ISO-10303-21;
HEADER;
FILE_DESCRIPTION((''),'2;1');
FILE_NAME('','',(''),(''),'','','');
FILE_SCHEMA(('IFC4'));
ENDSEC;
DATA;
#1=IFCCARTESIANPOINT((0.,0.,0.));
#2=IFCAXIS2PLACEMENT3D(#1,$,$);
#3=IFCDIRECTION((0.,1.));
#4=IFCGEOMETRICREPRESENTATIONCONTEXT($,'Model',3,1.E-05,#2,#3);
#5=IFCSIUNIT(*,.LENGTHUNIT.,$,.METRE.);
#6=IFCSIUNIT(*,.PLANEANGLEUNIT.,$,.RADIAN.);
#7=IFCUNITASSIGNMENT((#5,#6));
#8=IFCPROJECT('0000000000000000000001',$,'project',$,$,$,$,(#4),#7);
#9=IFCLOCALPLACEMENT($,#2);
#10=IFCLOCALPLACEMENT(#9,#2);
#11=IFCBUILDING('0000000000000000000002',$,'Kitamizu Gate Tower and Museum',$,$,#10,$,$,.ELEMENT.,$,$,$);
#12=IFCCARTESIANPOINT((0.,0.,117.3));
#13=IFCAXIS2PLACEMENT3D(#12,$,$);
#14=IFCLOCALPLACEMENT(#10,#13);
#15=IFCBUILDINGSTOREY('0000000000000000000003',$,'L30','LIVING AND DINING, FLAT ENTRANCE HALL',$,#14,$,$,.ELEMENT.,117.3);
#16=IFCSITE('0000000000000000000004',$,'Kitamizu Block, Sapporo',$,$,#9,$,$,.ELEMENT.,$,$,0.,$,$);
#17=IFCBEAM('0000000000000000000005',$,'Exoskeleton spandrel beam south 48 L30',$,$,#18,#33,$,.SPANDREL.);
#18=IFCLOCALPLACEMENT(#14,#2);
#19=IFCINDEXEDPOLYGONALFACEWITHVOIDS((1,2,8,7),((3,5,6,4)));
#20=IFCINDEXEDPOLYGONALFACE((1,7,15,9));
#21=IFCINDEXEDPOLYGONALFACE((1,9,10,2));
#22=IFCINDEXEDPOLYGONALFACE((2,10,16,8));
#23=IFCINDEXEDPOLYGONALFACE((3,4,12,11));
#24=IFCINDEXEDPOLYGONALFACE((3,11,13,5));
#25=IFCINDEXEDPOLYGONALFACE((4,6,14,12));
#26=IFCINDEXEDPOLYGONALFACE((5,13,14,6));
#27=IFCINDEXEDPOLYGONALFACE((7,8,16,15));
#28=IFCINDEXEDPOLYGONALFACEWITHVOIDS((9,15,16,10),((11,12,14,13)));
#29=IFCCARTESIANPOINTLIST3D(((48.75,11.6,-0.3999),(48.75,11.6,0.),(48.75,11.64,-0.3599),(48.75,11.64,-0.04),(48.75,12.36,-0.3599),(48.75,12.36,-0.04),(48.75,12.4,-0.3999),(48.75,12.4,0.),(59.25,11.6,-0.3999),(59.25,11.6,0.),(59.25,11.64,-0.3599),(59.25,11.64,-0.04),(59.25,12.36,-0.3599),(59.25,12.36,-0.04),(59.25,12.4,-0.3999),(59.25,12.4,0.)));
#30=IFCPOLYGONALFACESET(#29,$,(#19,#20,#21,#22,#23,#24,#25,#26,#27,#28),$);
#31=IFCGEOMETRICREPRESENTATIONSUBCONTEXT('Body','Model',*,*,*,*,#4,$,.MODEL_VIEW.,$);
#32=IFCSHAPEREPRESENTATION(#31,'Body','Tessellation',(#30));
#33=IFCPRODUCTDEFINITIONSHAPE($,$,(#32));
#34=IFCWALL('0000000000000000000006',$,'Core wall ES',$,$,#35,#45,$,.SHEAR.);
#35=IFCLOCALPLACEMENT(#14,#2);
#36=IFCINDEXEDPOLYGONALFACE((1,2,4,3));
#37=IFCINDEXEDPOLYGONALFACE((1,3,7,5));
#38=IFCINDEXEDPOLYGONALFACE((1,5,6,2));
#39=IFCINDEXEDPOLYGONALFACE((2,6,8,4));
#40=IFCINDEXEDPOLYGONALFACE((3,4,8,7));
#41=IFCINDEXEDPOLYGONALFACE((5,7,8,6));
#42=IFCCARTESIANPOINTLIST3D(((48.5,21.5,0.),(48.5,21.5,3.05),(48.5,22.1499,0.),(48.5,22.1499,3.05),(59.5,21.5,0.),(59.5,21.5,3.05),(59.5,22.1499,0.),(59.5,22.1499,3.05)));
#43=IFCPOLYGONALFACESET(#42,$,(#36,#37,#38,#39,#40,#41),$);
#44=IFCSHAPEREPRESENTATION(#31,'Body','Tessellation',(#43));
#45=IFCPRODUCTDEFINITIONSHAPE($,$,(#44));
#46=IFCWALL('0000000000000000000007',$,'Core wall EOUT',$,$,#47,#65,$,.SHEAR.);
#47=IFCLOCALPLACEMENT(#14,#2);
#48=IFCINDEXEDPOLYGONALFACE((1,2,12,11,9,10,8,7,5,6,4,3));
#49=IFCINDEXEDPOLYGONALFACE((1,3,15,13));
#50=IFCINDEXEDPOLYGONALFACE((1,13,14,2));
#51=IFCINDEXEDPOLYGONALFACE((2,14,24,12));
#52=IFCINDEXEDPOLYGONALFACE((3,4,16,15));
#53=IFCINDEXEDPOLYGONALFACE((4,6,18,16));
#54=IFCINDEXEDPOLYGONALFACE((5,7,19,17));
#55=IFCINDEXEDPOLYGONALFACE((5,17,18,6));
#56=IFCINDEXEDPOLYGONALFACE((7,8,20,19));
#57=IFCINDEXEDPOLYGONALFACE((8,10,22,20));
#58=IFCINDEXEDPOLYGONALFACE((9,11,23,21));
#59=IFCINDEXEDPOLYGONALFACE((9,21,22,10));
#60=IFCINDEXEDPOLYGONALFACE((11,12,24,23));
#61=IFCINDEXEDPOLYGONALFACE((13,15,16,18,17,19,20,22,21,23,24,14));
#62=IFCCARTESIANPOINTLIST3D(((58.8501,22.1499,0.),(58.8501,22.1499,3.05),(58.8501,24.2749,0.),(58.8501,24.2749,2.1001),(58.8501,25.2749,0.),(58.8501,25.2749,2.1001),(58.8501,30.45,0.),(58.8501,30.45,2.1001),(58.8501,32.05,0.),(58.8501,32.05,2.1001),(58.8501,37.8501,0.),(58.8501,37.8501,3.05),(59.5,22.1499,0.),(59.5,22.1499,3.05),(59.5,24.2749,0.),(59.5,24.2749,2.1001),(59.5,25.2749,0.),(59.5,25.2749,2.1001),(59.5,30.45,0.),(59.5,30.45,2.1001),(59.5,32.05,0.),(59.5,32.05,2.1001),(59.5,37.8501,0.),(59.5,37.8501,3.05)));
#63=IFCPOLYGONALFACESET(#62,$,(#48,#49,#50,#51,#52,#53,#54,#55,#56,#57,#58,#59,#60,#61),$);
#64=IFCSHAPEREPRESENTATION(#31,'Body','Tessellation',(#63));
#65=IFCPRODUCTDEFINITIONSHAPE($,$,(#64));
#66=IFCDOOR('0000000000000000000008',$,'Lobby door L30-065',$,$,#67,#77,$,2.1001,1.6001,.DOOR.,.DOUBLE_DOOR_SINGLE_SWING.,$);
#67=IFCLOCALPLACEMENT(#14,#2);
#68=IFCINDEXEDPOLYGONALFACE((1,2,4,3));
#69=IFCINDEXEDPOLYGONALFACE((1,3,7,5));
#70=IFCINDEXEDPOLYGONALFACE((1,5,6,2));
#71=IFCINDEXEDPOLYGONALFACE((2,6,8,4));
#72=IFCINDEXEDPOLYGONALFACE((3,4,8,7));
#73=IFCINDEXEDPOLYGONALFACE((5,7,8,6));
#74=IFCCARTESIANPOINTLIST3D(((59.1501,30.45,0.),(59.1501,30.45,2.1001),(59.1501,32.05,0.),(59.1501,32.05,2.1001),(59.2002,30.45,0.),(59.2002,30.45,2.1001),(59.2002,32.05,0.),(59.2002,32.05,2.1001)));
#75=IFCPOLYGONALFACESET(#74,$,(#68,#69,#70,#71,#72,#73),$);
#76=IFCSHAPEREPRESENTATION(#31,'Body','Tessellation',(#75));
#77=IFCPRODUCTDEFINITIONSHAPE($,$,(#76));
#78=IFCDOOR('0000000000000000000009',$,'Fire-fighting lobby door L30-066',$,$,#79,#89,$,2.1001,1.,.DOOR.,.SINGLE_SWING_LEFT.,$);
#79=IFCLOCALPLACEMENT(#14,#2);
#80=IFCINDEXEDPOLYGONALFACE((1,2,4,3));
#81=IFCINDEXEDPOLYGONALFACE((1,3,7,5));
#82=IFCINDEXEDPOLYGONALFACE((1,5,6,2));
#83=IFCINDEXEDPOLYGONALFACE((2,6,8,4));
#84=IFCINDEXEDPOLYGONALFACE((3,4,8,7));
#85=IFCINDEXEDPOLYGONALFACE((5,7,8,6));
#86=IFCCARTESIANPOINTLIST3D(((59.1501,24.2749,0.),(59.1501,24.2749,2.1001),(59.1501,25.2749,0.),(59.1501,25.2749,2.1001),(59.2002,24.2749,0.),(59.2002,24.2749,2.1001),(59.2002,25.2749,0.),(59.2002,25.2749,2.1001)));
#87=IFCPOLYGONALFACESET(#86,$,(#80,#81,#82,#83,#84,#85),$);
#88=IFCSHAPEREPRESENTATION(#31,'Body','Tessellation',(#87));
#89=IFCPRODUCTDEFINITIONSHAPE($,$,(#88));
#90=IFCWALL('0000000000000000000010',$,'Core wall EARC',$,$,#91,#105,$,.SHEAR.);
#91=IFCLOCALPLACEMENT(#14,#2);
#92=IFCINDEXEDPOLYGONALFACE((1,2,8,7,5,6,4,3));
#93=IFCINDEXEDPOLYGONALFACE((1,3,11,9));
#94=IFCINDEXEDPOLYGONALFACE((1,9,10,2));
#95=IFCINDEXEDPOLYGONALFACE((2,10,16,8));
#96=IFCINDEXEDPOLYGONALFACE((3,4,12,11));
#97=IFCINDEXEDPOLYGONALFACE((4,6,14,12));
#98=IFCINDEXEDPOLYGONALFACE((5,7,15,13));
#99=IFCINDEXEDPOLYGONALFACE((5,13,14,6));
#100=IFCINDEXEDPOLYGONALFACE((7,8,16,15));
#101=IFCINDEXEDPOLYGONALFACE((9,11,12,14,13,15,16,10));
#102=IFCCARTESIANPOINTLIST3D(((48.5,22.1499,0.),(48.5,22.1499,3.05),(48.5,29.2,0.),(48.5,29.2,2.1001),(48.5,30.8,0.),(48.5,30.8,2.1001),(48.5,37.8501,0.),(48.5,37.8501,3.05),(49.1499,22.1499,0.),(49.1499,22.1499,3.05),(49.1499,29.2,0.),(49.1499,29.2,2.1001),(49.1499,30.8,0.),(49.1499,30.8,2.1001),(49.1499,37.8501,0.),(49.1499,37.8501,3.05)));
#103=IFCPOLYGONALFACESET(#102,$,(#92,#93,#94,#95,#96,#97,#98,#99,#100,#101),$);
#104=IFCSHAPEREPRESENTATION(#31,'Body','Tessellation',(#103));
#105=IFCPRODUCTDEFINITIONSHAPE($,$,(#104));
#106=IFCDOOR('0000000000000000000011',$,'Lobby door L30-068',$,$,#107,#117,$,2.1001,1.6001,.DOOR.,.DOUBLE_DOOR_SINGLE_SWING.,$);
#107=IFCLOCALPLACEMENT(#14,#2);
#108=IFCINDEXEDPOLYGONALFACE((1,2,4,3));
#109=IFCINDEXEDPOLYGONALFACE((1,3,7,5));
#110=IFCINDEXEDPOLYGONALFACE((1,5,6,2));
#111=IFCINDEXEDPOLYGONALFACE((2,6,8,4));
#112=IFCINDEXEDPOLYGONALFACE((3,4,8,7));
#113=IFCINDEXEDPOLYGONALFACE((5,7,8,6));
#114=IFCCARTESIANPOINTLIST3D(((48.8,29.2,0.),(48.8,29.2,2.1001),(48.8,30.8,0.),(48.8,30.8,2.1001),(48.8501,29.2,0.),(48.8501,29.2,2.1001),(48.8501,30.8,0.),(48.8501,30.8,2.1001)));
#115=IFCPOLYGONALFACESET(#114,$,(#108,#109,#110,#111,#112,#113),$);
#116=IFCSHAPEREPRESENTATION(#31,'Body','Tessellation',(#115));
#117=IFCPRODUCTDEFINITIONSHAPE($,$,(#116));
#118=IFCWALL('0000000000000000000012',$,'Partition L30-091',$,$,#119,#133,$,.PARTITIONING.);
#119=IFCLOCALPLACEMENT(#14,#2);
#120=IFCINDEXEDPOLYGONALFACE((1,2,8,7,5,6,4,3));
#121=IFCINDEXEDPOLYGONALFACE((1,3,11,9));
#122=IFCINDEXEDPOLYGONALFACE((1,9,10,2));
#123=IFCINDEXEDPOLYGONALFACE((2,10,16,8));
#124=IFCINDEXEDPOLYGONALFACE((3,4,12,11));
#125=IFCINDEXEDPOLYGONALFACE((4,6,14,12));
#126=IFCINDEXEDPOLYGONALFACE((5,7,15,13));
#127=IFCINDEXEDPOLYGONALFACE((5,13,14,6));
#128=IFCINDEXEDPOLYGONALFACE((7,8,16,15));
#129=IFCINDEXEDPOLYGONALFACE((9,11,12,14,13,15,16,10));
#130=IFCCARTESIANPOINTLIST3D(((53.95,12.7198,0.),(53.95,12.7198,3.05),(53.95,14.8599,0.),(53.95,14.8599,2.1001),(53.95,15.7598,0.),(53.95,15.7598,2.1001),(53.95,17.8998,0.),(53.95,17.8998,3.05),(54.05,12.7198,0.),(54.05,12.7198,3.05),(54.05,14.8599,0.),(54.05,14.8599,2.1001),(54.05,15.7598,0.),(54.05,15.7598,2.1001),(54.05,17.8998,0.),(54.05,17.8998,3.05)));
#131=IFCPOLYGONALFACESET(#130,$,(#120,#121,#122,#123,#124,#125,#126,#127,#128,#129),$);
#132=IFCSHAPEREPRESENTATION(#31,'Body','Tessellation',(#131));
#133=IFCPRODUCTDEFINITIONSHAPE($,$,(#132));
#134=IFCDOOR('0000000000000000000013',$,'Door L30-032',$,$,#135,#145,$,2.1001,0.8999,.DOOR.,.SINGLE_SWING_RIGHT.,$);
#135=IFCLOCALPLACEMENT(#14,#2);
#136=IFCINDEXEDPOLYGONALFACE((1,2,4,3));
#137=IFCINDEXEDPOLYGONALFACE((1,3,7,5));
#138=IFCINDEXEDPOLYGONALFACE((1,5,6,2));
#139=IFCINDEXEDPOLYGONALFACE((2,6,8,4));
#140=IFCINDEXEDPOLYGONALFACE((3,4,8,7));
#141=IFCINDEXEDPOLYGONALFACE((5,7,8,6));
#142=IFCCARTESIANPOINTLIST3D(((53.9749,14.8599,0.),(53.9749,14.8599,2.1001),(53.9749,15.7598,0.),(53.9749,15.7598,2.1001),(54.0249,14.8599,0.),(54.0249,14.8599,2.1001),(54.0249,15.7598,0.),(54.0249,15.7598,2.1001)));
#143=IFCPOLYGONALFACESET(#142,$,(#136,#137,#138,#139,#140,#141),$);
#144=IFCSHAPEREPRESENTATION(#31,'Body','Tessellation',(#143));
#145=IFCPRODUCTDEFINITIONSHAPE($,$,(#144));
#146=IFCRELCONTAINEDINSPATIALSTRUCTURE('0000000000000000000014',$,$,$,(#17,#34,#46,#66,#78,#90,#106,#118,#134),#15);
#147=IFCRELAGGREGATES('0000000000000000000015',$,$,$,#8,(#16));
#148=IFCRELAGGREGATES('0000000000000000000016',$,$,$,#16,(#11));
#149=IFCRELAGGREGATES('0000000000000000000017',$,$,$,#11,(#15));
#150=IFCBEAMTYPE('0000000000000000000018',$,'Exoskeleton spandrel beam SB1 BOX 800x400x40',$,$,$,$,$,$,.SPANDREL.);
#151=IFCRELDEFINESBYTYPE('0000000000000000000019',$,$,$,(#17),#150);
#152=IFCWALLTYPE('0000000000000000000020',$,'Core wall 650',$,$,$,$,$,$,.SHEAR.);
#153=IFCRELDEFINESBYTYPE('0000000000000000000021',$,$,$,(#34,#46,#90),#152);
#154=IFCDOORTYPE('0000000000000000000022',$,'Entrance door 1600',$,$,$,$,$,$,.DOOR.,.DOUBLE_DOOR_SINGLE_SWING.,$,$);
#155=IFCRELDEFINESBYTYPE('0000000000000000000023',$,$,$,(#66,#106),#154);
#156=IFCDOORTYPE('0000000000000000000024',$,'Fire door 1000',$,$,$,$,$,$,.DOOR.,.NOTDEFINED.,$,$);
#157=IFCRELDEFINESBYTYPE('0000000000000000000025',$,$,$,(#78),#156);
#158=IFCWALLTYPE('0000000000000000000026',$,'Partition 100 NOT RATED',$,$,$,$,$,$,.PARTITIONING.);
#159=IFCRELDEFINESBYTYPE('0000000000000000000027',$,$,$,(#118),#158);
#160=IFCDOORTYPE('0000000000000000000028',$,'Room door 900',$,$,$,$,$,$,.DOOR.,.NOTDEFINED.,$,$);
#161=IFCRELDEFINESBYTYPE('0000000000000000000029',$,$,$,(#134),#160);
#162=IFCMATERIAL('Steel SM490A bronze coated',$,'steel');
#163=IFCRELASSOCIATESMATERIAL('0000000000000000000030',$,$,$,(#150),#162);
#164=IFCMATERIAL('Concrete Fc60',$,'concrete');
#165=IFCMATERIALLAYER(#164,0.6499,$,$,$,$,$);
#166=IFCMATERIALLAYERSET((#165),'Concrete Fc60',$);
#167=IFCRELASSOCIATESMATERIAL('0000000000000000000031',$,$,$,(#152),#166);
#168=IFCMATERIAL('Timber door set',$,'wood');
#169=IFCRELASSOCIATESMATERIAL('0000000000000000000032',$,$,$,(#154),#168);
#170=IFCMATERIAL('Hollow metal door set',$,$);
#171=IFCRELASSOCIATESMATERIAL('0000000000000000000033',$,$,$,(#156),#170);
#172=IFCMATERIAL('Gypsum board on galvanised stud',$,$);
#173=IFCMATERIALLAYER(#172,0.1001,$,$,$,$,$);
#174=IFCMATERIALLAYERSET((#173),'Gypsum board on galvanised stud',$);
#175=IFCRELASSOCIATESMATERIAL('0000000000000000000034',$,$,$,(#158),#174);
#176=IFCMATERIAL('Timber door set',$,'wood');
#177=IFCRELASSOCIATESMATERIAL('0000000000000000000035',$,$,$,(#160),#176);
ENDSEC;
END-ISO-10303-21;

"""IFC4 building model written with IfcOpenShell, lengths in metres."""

from ifc_helpers import new_model, si_unit, direction, frame, frame_2d, origin, origin_2d, place, context, subcontext, project, spatial, rectangle, hollow_rectangle, extrude, material, layer, layer_set, material_profile, profile_set, type_object, element, fill, save


model = new_model("IFC4")

# Units and contexts
model_context = context("Model", 3, precision=1e-05, world=origin(), true_north=direction((0.0, 1.0)))
body_context = subcontext(model_context, "Body", "Model", "MODEL_VIEW")
ifc_project = project(units=[si_unit("LENGTHUNIT", "METRE"), si_unit("PLANEANGLEUNIT", "RADIAN")], contexts=[model_context])

# Site, building, storey
site_placement = place(None, origin())
site = spatial("IfcSite", under=ifc_project, at=site_placement, Name="Kitamizu Block, Sapporo", CompositionType="ELEMENT", RefElevation=0.0)
building_placement = place(site_placement, origin())
building = spatial("IfcBuilding", under=site, at=building_placement, Name="Kitamizu Gate Tower and Museum", CompositionType="ELEMENT")
storey_placement = place(building_placement, frame((0.0, 0.0, 117.3)))
storey = spatial("IfcBuildingStorey", under=building, at=storey_placement, Name="L30", Description="LIVING AND DINING, FLAT ENTRANCE HALL", CompositionType="ELEMENT", Elevation=117.3)

# Beam
ifc_material_1 = material(Name="Steel SM490A bronze coated", Category="steel")
ifc_material_profile = material_profile(ifc_material_1, hollow_rectangle(XDim=0.8, YDim=0.3999, WallThickness=0.04, at=origin_2d()), Name="BOX 800x400x40")
ifc_profile_set = profile_set([ifc_material_profile], Name="Steel SM490A bronze coated")
beam_type = type_object("IfcBeamType", Name="Exoskeleton spandrel beam SB1 BOX 800x400x40", PredefinedType="SPANDREL", material=ifc_profile_set)
beam_placement = place(storey_placement, frame((48.75, 12.0, -0.2), z_axis=(1.0, 0.0, 0.0), x_axis=(0.0, 1.0, 0.0)))
element("IfcBeam", 1, at=beam_placement, inside=storey, type_object=beam_type, Name="Exoskeleton spandrel beam south 48 L30", PredefinedType="SPANDREL", context=body_context, shape_type="SweptSolid", body=[
    extrude(hollow_rectangle(XDim=0.8, YDim=0.3999, WallThickness=0.04, at=origin_2d()), origin(), (0.0, 0.0, 1.0), 10.5),
])

# Wall
ifc_material_2 = material(Name="Concrete Fc60", Category="concrete")
ifc_layer_1 = layer(ifc_material_2, 0.6499)
ifc_layer_set_1 = layer_set([ifc_layer_1], Name="Concrete Fc60")
wall_type_1 = type_object("IfcWallType", Name="Core wall 650", PredefinedType="SHEAR", material=ifc_layer_set_1)
wall_1_placement = place(storey_placement, frame((59.5, 21.825, 0.0), z_axis=(0.0, 0.0, 1.0), x_axis=(-1.0, 0.0, 0.0)))
element("IfcWall", 2, at=wall_1_placement, inside=storey, type_object=wall_type_1, Name="Core wall ES", PredefinedType="SHEAR", context=body_context, shape_type="SweptSolid", body=[
    extrude(rectangle(XDim=11.0, YDim=0.6499, at=frame_2d((5.5, 0.0))), origin(), (0.0, 0.0, 1.0), 3.05),
])

# Wall, openings, doors
wall_2_placement = place(storey_placement, frame((59.175, 22.1499, 0.0), z_axis=(0.0, 0.0, 1.0), x_axis=(0.0, 1.0, 0.0)))
wall_2 = element("IfcWall", 3, at=wall_2_placement, inside=storey, type_object=wall_type_1, Name="Core wall EOUT", PredefinedType="SHEAR", context=body_context, shape_type="SweptSolid", body=[
    extrude(rectangle(XDim=15.7002, YDim=0.6499, at=frame_2d((7.8501, 0.0))), origin(), (0.0, 0.0, 1.0), 3.05),
])
opening_1_placement = place(wall_2_placement, frame((8.3, 0.0, 0.0)))
opening_1 = element("IfcOpeningElement", 4, at=opening_1_placement, cuts=wall_2, PredefinedType="OPENING", context=body_context, shape_type="SweptSolid", body=[
    extrude(rectangle(XDim=1.6001, YDim=2.1001, at=frame_2d((0.8, 1.05))), frame((0.0, 0.335, 0.0), z_axis=(0.0, -1.0, 0.0), x_axis=(1.0, 0.0, 0.0)), (0.0, 0.0, 1.0), 0.6699),
])
opening_2_placement = place(wall_2_placement, frame((2.125, 0.0, 0.0)))
opening_2 = element("IfcOpeningElement", 5, at=opening_2_placement, cuts=wall_2, PredefinedType="OPENING", context=body_context, shape_type="SweptSolid", body=[
    extrude(rectangle(XDim=1.0, YDim=2.1001, at=frame_2d((0.5, 1.05))), frame((0.0, 0.335, 0.0), z_axis=(0.0, -1.0, 0.0), x_axis=(1.0, 0.0, 0.0)), (0.0, 0.0, 1.0), 0.6699),
])
ifc_material_3 = material(Name="Timber door set", Category="wood")
door_type_1 = type_object("IfcDoorType", Name="Entrance door 1600", OperationType="DOUBLE_DOOR_SINGLE_SWING", PredefinedType="DOOR", material=ifc_material_3)
door_1_placement = place(opening_1_placement, origin())
door_1 = element("IfcDoor", 6, at=door_1_placement, inside=storey, type_object=door_type_1, Name="Lobby door L30-065", OperationType="DOUBLE_DOOR_SINGLE_SWING", OverallHeight=2.1001, OverallWidth=1.6001, PredefinedType="DOOR", context=body_context, shape_type="SweptSolid", body=[
    extrude(rectangle(XDim=1.6001, YDim=2.1001, at=frame_2d((0.8, 1.05))), frame((0.0, 0.0249, 0.0), z_axis=(0.0, -1.0, 0.0), x_axis=(1.0, 0.0, 0.0)), (0.0, 0.0, 1.0), 0.05),
])
fill(opening_1, door_1)
ifc_material_4 = material(Name="Hollow metal door set")
door_type_2 = type_object("IfcDoorType", Name="Fire door 1000", OperationType="NOTDEFINED", PredefinedType="DOOR", material=ifc_material_4)
door_2_placement = place(opening_2_placement, origin())
door_2 = element("IfcDoor", 7, at=door_2_placement, inside=storey, type_object=door_type_2, Name="Fire-fighting lobby door L30-066", OperationType="SINGLE_SWING_LEFT", OverallHeight=2.1001, OverallWidth=1.0, PredefinedType="DOOR", context=body_context, shape_type="SweptSolid", body=[
    extrude(rectangle(XDim=1.0, YDim=2.1001, at=frame_2d((0.5, 1.05))), frame((0.0, 0.0249, 0.0), z_axis=(0.0, -1.0, 0.0), x_axis=(1.0, 0.0, 0.0)), (0.0, 0.0, 1.0), 0.05),
])
fill(opening_2, door_2)

# Walls, openings, doors
wall_3_placement = place(storey_placement, frame((48.825, 22.1499, 0.0), z_axis=(0.0, 0.0, 1.0), x_axis=(0.0, 1.0, 0.0)))
wall_3 = element("IfcWall", 8, at=wall_3_placement, inside=storey, type_object=wall_type_1, Name="Core wall EARC", PredefinedType="SHEAR", context=body_context, shape_type="SweptSolid", body=[
    extrude(rectangle(XDim=15.7002, YDim=0.6499, at=frame_2d((7.8501, 0.0))), origin(), (0.0, 0.0, 1.0), 3.05),
])
opening_3_placement = place(wall_3_placement, frame((7.05, 0.0, 0.0)))
opening_3 = element("IfcOpeningElement", 9, at=opening_3_placement, cuts=wall_3, PredefinedType="OPENING", context=body_context, shape_type="SweptSolid", body=[
    extrude(rectangle(XDim=1.6001, YDim=2.1001, at=frame_2d((0.8, 1.05))), frame((0.0, 0.335, 0.0), z_axis=(0.0, -1.0, 0.0), x_axis=(1.0, 0.0, 0.0)), (0.0, 0.0, 1.0), 0.6699),
])
door_3_placement = place(opening_3_placement, origin())
door_3 = element("IfcDoor", 10, at=door_3_placement, inside=storey, type_object=door_type_1, Name="Lobby door L30-068", OperationType="DOUBLE_DOOR_SINGLE_SWING", OverallHeight=2.1001, OverallWidth=1.6001, PredefinedType="DOOR", context=body_context, shape_type="SweptSolid", body=[
    extrude(rectangle(XDim=1.6001, YDim=2.1001, at=frame_2d((0.8, 1.05))), frame((0.0, 0.0249, 0.0), z_axis=(0.0, -1.0, 0.0), x_axis=(1.0, 0.0, 0.0)), (0.0, 0.0, 1.0), 0.05),
])
fill(opening_3, door_3)
ifc_material_5 = material(Name="Gypsum board on galvanised stud")
ifc_layer_2 = layer(ifc_material_5, 0.1001)
ifc_layer_set_2 = layer_set([ifc_layer_2], Name="Gypsum board on galvanised stud")
wall_type_2 = type_object("IfcWallType", Name="Partition 100 NOT RATED", PredefinedType="PARTITIONING", material=ifc_layer_set_2)
wall_4_placement = place(storey_placement, frame((54.0, 12.72, 0.0), z_axis=(0.0, 0.0, 1.0), x_axis=(0.0, 1.0, 0.0)))
wall_4 = element("IfcWall", 11, at=wall_4_placement, inside=storey, type_object=wall_type_2, Name="Partition L30-091", PredefinedType="PARTITIONING", context=body_context, shape_type="SweptSolid", body=[
    extrude(rectangle(XDim=5.1799, YDim=0.1001, at=frame_2d((2.5898, 0.0))), origin(), (0.0, 0.0, 1.0), 3.05),
])
opening_4_placement = place(wall_4_placement, frame((2.1399, 0.0, 0.0)))
opening_4 = element("IfcOpeningElement", 12, at=opening_4_placement, cuts=wall_4, PredefinedType="OPENING", context=body_context, shape_type="SweptSolid", body=[
    extrude(rectangle(XDim=0.8999, YDim=2.1001, at=frame_2d((0.45, 1.05))), frame((0.0, 0.0601, 0.0), z_axis=(0.0, -1.0, 0.0), x_axis=(1.0, 0.0, 0.0)), (0.0, 0.0, 1.0), 0.1201),
])
ifc_material_6 = material(Name="Timber door set", Category="wood")
door_type_3 = type_object("IfcDoorType", Name="Room door 900", OperationType="NOTDEFINED", PredefinedType="DOOR", material=ifc_material_6)
door_4_placement = place(opening_4_placement, frame((0.8999, 0.0, 0.0), x_axis=(-1.0, 0.0, 0.0)))
door_4 = element("IfcDoor", 13, at=door_4_placement, inside=storey, type_object=door_type_3, Name="Door L30-032", OperationType="SINGLE_SWING_RIGHT", OverallHeight=2.1001, OverallWidth=0.8999, PredefinedType="DOOR", context=body_context, shape_type="SweptSolid", body=[
    extrude(rectangle(XDim=0.8999, YDim=2.1001, at=frame_2d((0.45, 1.05))), frame((0.0, 0.0249, 0.0), z_axis=(0.0, -1.0, 0.0), x_axis=(1.0, 0.0, 0.0)), (0.0, 0.0, 1.0), 0.05),
])
fill(opening_4, door_4)

save(model, "model.ifc")
